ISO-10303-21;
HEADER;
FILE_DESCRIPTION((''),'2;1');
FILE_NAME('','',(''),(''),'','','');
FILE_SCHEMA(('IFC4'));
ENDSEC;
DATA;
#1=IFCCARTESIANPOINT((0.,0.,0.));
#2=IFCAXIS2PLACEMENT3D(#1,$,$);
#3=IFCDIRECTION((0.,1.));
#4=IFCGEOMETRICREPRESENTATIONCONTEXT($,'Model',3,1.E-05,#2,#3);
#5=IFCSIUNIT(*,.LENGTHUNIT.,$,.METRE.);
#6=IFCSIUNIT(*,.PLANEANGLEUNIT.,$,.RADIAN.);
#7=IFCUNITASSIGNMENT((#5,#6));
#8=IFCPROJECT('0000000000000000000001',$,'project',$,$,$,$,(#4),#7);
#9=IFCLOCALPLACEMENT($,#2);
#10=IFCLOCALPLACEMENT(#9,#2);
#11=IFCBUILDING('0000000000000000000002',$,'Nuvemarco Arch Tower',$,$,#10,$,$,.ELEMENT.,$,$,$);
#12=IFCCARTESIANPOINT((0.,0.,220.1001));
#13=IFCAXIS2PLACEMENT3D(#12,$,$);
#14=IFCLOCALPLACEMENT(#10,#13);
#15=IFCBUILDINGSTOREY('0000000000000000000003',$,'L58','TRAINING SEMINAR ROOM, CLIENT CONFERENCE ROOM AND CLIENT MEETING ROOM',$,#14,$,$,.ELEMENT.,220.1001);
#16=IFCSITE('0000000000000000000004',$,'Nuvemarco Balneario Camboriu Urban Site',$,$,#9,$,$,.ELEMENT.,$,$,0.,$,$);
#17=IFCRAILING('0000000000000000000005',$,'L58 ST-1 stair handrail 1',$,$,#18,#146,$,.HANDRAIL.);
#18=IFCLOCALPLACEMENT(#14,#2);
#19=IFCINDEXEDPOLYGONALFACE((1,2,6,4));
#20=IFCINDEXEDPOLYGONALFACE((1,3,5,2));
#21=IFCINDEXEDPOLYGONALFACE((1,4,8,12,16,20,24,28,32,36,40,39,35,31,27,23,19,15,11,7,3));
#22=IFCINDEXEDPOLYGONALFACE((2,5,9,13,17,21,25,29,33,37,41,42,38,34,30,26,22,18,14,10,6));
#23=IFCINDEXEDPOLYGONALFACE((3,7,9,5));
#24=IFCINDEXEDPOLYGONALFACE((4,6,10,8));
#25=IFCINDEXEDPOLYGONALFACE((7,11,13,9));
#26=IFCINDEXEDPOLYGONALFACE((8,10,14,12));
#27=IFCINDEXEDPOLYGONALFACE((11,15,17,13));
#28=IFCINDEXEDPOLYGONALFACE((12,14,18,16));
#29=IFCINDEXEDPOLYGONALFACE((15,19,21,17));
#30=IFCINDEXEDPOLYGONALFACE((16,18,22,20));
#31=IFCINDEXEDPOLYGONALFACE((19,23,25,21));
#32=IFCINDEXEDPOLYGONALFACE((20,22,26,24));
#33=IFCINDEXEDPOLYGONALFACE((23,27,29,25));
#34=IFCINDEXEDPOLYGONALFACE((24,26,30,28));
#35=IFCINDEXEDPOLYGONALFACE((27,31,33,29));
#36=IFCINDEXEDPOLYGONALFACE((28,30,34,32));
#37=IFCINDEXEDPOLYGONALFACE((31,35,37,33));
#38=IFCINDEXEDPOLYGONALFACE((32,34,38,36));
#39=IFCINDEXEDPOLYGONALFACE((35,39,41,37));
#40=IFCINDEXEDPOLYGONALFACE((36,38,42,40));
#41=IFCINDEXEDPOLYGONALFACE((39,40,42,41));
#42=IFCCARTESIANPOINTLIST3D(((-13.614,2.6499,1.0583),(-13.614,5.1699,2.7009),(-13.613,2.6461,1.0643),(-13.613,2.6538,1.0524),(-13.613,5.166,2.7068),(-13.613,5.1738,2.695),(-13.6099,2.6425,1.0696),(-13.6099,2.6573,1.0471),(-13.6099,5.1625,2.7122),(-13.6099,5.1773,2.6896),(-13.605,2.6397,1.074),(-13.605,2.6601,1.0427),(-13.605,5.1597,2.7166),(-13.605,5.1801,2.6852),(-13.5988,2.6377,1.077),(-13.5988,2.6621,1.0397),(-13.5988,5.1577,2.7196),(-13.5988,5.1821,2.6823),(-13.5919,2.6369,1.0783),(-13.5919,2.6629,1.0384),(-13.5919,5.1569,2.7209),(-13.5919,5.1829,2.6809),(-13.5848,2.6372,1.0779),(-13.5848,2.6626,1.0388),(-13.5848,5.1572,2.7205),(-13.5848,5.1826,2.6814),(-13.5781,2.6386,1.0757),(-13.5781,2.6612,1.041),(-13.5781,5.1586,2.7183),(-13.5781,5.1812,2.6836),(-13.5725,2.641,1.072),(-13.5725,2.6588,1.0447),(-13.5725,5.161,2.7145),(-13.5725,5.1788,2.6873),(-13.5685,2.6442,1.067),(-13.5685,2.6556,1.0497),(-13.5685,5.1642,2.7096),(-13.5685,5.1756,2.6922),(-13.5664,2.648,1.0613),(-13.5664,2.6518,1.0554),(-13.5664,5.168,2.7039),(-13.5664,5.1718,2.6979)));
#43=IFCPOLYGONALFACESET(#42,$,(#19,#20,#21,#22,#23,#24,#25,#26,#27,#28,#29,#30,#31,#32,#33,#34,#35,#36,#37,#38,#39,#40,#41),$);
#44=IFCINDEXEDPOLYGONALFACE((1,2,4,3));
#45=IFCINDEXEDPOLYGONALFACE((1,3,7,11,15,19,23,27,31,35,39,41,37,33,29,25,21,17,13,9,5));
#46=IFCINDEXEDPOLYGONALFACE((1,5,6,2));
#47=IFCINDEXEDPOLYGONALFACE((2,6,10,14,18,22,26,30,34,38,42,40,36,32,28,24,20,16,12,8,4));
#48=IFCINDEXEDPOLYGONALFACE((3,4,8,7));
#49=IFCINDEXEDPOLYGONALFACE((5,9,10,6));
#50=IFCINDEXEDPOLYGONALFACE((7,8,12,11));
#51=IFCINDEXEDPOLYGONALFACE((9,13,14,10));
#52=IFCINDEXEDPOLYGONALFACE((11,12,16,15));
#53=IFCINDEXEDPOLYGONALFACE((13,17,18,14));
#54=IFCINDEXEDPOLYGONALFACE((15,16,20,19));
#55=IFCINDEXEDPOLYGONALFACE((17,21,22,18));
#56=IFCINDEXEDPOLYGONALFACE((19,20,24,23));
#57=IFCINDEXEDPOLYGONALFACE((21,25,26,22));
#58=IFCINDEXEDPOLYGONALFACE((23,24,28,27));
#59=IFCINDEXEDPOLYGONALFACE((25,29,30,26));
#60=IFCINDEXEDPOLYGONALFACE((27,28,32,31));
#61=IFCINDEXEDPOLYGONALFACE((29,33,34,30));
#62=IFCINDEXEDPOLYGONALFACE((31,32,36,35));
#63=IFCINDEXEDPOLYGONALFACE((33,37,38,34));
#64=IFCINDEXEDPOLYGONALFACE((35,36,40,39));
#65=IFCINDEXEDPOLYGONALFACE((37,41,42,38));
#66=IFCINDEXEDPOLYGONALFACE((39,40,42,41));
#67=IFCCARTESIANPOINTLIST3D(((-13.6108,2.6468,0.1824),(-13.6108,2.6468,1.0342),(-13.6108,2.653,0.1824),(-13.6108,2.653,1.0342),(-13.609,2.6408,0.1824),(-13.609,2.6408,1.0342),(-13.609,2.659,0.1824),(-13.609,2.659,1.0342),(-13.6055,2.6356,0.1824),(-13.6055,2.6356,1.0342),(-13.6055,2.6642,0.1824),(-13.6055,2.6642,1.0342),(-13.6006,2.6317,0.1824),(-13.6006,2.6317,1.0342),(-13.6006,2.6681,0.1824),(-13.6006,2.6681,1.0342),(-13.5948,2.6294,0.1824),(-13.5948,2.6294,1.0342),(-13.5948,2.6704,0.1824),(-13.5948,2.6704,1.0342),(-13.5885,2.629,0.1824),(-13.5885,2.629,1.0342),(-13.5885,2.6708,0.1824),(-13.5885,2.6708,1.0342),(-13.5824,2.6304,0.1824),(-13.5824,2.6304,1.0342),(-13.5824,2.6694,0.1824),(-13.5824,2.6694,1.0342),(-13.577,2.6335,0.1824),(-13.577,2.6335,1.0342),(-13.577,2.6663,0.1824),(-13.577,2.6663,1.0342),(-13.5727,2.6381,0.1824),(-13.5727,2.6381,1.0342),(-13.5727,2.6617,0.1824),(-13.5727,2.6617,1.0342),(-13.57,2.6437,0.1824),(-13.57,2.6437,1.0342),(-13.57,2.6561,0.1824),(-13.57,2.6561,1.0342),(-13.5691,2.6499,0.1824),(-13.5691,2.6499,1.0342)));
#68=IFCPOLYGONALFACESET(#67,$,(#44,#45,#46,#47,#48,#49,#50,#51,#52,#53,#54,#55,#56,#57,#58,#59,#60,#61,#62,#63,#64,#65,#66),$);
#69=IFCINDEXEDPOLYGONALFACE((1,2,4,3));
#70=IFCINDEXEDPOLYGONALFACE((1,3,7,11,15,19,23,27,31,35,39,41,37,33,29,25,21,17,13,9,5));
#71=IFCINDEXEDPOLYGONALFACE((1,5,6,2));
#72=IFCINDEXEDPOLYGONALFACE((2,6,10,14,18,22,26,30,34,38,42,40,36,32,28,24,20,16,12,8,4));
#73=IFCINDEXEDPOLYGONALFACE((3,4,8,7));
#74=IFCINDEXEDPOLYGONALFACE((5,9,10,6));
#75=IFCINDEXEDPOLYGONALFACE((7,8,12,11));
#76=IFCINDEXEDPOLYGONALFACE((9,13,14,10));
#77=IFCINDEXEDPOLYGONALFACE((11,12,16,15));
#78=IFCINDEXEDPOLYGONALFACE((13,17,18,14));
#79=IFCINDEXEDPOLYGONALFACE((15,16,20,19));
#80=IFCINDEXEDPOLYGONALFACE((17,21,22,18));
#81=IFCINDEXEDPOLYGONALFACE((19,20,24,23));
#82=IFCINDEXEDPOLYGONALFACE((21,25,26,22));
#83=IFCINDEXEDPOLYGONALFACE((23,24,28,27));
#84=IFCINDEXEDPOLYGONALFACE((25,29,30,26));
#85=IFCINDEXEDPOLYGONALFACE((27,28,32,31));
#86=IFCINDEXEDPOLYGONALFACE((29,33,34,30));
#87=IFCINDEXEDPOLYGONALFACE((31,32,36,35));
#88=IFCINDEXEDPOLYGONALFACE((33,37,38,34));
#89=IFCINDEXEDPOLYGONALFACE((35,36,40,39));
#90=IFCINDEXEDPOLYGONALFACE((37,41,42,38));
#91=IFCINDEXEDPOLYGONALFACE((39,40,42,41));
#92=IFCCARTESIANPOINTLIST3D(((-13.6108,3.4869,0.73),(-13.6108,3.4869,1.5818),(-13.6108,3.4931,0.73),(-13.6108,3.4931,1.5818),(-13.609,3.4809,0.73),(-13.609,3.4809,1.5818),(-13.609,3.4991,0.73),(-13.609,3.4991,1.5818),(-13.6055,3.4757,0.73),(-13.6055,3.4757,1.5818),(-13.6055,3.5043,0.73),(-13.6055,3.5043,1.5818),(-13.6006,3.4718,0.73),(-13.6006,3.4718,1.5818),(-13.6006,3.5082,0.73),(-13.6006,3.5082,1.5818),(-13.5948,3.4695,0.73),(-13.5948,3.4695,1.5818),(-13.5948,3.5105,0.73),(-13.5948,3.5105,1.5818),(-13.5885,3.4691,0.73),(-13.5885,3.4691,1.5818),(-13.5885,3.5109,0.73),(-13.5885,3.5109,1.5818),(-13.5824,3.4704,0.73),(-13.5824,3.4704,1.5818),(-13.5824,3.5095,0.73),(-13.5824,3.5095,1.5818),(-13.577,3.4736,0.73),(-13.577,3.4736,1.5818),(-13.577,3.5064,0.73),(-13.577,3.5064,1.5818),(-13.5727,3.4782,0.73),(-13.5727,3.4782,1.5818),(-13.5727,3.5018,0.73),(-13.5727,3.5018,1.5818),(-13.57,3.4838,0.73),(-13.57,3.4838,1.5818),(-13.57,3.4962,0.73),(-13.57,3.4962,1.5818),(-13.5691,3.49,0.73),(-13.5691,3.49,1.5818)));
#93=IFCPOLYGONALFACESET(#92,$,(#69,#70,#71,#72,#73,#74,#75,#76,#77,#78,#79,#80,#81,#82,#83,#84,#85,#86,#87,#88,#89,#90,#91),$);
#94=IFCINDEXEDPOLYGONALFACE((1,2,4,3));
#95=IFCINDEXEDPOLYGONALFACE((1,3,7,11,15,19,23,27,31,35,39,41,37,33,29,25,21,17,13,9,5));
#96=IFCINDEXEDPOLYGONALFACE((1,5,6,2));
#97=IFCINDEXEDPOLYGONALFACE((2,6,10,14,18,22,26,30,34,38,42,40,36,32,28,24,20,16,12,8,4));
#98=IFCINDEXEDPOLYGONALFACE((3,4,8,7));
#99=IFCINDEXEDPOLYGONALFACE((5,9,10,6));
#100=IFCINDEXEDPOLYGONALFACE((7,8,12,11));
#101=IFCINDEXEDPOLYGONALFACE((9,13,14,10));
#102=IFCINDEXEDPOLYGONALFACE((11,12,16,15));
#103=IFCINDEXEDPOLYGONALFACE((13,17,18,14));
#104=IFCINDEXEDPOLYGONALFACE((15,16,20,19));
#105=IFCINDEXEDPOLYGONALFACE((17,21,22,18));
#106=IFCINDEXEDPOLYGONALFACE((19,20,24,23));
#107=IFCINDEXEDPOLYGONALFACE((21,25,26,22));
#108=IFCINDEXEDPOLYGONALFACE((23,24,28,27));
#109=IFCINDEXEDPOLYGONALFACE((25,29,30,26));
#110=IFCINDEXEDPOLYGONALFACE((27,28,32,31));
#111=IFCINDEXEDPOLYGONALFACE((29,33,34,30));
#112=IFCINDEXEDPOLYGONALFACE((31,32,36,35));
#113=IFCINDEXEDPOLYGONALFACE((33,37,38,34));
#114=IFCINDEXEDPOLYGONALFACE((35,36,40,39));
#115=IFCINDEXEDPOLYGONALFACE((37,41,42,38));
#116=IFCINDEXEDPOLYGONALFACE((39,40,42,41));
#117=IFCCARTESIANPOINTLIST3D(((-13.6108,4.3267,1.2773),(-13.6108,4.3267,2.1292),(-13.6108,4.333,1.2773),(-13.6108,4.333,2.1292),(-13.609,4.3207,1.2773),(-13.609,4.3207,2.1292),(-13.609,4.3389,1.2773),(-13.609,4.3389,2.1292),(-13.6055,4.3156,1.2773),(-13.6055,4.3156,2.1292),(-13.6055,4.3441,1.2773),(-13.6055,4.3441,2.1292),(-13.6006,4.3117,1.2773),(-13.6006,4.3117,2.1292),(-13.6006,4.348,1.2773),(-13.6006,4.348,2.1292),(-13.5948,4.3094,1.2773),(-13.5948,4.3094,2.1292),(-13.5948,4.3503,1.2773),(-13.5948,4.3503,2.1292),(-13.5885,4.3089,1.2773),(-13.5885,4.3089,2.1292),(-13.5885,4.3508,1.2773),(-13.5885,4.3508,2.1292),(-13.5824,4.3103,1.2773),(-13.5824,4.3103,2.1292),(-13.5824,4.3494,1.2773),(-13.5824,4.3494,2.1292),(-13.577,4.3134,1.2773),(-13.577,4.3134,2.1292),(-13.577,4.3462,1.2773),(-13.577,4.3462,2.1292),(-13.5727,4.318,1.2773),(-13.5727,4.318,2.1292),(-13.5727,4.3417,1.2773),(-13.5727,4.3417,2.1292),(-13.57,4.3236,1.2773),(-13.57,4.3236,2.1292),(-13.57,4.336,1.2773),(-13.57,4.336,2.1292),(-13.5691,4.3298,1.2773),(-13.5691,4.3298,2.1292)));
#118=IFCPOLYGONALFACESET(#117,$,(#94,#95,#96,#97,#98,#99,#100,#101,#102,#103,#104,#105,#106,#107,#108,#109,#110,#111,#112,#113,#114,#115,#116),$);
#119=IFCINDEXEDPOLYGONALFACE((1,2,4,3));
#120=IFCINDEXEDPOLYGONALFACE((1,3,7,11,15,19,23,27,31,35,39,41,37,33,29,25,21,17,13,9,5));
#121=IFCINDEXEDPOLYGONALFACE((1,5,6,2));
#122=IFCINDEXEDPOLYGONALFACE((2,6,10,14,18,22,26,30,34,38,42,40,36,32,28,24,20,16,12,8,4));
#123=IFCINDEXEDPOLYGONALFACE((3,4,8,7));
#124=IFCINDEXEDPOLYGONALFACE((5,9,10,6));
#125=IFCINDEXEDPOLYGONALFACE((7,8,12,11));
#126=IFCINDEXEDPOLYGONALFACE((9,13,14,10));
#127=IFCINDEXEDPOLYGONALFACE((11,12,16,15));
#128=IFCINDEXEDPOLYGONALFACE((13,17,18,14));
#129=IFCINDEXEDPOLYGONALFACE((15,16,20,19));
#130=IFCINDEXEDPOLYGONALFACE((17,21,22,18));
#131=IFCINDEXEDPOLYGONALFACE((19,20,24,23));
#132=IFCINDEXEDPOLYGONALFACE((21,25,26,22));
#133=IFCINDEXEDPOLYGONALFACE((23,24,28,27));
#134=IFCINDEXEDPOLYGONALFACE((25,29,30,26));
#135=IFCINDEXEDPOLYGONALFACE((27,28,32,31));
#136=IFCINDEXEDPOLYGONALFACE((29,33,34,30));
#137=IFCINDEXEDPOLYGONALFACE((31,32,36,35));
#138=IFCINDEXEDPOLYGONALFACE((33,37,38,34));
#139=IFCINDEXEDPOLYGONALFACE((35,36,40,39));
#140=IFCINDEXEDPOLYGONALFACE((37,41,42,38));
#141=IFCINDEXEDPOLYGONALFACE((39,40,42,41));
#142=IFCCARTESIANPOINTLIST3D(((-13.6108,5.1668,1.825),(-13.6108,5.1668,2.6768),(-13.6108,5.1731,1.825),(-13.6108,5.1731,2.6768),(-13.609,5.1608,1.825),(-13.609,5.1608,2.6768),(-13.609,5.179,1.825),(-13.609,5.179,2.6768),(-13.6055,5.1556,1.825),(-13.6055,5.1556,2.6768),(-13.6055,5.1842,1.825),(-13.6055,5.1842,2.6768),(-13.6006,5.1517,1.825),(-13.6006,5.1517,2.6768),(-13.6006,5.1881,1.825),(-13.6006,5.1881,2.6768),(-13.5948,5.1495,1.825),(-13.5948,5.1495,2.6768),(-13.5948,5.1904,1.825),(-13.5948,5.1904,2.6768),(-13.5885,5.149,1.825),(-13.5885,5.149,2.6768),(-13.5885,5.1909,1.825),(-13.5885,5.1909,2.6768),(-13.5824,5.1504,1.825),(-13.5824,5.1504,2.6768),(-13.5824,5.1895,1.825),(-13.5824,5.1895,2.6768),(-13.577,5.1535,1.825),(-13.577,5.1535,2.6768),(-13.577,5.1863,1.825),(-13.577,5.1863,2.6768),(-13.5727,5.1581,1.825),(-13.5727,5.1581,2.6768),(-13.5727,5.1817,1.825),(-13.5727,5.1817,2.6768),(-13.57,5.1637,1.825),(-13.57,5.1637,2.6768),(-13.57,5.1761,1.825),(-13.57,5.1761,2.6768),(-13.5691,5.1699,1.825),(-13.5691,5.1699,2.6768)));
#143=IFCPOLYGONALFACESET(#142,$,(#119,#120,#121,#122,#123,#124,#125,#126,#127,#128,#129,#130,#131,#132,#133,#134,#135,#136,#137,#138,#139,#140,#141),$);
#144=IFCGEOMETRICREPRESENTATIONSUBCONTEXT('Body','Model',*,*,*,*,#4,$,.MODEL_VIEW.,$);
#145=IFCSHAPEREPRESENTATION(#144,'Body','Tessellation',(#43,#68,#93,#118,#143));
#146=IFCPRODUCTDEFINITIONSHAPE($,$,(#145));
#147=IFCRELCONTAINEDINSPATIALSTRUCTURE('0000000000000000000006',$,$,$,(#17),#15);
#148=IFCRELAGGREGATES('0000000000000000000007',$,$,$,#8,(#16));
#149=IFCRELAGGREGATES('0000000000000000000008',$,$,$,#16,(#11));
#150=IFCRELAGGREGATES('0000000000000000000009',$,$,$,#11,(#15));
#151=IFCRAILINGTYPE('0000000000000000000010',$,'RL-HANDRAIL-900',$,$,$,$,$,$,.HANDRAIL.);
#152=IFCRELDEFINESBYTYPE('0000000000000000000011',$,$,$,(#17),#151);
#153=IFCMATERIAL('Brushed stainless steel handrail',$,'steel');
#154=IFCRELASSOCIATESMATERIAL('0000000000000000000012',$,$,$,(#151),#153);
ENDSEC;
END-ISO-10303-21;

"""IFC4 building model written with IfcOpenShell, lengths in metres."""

from ifc_helpers import new_model, si_unit, direction, frame, origin, origin_2d, place, context, subcontext, project, spatial, circle, extrude, material, type_object, element, save


model = new_model("IFC4")

# Units and contexts
model_context = context("Model", 3, precision=1e-05, world=origin(), true_north=direction((0.0, 1.0)))
body_context = subcontext(model_context, "Body", "Model", "MODEL_VIEW")
ifc_project = project(units=[si_unit("LENGTHUNIT", "METRE"), si_unit("PLANEANGLEUNIT", "RADIAN")], contexts=[model_context])

# Site, building, storey
site_placement = place(None, origin())
site = spatial("IfcSite", under=ifc_project, at=site_placement, Name="Nuvemarco Balneario Camboriu Urban Site", CompositionType="ELEMENT", RefElevation=0.0)
building_placement = place(site_placement, origin())
building = spatial("IfcBuilding", under=site, at=building_placement, Name="Nuvemarco Arch Tower", CompositionType="ELEMENT")
storey_placement = place(building_placement, frame((0.0, 0.0, 220.1001)))
storey = spatial("IfcBuildingStorey", under=building, at=storey_placement, Name="L58", Description="TRAINING SEMINAR ROOM, CLIENT CONFERENCE ROOM AND CLIENT MEETING ROOM", CompositionType="ELEMENT", Elevation=220.1001)

# Railing
ifc_material_1 = material(Name="Brushed stainless steel handrail", Category="steel")
railing_type_1 = type_object("IfcRailingType", Name="RL-HANDRAIL-900", PredefinedType="HANDRAIL", material=ifc_material_1)
railing_1_placement = place(storey_placement, frame((-13.5901, 2.6499, 0.1824)))
element("IfcRailing", 1, at=railing_1_placement, inside=storey, type_object=railing_type_1, Name="L58 ST-1 stair handrail 1", PredefinedType="HANDRAIL", context=body_context, shape_type="SweptSolid", body=[
    extrude(circle(Radius=0.0239, at=origin_2d()), frame((0.0, 0.0, 0.876), z_axis=(0.0, 0.837749, 0.546055), x_axis=(-1.0, 0.0, 0.0)), (0.0, 0.0, 1.0), 3.0081),
    extrude(circle(Radius=0.021, at=origin_2d()), origin(), (0.0, 0.0, 1.0), 0.8518),
    extrude(circle(Radius=0.021, at=origin_2d()), frame((0.0, 0.8401, 0.5476)), (0.0, 0.0, 1.0), 0.8518),
    extrude(circle(Radius=0.021, at=origin_2d()), frame((0.0, 1.6799, 1.095)), (0.0, 0.0, 1.0), 0.8518),
    extrude(circle(Radius=0.021, at=origin_2d()), frame((0.0, 2.52, 1.6426)), (0.0, 0.0, 1.0), 0.8518),
])

save(model, "model.ifc")
